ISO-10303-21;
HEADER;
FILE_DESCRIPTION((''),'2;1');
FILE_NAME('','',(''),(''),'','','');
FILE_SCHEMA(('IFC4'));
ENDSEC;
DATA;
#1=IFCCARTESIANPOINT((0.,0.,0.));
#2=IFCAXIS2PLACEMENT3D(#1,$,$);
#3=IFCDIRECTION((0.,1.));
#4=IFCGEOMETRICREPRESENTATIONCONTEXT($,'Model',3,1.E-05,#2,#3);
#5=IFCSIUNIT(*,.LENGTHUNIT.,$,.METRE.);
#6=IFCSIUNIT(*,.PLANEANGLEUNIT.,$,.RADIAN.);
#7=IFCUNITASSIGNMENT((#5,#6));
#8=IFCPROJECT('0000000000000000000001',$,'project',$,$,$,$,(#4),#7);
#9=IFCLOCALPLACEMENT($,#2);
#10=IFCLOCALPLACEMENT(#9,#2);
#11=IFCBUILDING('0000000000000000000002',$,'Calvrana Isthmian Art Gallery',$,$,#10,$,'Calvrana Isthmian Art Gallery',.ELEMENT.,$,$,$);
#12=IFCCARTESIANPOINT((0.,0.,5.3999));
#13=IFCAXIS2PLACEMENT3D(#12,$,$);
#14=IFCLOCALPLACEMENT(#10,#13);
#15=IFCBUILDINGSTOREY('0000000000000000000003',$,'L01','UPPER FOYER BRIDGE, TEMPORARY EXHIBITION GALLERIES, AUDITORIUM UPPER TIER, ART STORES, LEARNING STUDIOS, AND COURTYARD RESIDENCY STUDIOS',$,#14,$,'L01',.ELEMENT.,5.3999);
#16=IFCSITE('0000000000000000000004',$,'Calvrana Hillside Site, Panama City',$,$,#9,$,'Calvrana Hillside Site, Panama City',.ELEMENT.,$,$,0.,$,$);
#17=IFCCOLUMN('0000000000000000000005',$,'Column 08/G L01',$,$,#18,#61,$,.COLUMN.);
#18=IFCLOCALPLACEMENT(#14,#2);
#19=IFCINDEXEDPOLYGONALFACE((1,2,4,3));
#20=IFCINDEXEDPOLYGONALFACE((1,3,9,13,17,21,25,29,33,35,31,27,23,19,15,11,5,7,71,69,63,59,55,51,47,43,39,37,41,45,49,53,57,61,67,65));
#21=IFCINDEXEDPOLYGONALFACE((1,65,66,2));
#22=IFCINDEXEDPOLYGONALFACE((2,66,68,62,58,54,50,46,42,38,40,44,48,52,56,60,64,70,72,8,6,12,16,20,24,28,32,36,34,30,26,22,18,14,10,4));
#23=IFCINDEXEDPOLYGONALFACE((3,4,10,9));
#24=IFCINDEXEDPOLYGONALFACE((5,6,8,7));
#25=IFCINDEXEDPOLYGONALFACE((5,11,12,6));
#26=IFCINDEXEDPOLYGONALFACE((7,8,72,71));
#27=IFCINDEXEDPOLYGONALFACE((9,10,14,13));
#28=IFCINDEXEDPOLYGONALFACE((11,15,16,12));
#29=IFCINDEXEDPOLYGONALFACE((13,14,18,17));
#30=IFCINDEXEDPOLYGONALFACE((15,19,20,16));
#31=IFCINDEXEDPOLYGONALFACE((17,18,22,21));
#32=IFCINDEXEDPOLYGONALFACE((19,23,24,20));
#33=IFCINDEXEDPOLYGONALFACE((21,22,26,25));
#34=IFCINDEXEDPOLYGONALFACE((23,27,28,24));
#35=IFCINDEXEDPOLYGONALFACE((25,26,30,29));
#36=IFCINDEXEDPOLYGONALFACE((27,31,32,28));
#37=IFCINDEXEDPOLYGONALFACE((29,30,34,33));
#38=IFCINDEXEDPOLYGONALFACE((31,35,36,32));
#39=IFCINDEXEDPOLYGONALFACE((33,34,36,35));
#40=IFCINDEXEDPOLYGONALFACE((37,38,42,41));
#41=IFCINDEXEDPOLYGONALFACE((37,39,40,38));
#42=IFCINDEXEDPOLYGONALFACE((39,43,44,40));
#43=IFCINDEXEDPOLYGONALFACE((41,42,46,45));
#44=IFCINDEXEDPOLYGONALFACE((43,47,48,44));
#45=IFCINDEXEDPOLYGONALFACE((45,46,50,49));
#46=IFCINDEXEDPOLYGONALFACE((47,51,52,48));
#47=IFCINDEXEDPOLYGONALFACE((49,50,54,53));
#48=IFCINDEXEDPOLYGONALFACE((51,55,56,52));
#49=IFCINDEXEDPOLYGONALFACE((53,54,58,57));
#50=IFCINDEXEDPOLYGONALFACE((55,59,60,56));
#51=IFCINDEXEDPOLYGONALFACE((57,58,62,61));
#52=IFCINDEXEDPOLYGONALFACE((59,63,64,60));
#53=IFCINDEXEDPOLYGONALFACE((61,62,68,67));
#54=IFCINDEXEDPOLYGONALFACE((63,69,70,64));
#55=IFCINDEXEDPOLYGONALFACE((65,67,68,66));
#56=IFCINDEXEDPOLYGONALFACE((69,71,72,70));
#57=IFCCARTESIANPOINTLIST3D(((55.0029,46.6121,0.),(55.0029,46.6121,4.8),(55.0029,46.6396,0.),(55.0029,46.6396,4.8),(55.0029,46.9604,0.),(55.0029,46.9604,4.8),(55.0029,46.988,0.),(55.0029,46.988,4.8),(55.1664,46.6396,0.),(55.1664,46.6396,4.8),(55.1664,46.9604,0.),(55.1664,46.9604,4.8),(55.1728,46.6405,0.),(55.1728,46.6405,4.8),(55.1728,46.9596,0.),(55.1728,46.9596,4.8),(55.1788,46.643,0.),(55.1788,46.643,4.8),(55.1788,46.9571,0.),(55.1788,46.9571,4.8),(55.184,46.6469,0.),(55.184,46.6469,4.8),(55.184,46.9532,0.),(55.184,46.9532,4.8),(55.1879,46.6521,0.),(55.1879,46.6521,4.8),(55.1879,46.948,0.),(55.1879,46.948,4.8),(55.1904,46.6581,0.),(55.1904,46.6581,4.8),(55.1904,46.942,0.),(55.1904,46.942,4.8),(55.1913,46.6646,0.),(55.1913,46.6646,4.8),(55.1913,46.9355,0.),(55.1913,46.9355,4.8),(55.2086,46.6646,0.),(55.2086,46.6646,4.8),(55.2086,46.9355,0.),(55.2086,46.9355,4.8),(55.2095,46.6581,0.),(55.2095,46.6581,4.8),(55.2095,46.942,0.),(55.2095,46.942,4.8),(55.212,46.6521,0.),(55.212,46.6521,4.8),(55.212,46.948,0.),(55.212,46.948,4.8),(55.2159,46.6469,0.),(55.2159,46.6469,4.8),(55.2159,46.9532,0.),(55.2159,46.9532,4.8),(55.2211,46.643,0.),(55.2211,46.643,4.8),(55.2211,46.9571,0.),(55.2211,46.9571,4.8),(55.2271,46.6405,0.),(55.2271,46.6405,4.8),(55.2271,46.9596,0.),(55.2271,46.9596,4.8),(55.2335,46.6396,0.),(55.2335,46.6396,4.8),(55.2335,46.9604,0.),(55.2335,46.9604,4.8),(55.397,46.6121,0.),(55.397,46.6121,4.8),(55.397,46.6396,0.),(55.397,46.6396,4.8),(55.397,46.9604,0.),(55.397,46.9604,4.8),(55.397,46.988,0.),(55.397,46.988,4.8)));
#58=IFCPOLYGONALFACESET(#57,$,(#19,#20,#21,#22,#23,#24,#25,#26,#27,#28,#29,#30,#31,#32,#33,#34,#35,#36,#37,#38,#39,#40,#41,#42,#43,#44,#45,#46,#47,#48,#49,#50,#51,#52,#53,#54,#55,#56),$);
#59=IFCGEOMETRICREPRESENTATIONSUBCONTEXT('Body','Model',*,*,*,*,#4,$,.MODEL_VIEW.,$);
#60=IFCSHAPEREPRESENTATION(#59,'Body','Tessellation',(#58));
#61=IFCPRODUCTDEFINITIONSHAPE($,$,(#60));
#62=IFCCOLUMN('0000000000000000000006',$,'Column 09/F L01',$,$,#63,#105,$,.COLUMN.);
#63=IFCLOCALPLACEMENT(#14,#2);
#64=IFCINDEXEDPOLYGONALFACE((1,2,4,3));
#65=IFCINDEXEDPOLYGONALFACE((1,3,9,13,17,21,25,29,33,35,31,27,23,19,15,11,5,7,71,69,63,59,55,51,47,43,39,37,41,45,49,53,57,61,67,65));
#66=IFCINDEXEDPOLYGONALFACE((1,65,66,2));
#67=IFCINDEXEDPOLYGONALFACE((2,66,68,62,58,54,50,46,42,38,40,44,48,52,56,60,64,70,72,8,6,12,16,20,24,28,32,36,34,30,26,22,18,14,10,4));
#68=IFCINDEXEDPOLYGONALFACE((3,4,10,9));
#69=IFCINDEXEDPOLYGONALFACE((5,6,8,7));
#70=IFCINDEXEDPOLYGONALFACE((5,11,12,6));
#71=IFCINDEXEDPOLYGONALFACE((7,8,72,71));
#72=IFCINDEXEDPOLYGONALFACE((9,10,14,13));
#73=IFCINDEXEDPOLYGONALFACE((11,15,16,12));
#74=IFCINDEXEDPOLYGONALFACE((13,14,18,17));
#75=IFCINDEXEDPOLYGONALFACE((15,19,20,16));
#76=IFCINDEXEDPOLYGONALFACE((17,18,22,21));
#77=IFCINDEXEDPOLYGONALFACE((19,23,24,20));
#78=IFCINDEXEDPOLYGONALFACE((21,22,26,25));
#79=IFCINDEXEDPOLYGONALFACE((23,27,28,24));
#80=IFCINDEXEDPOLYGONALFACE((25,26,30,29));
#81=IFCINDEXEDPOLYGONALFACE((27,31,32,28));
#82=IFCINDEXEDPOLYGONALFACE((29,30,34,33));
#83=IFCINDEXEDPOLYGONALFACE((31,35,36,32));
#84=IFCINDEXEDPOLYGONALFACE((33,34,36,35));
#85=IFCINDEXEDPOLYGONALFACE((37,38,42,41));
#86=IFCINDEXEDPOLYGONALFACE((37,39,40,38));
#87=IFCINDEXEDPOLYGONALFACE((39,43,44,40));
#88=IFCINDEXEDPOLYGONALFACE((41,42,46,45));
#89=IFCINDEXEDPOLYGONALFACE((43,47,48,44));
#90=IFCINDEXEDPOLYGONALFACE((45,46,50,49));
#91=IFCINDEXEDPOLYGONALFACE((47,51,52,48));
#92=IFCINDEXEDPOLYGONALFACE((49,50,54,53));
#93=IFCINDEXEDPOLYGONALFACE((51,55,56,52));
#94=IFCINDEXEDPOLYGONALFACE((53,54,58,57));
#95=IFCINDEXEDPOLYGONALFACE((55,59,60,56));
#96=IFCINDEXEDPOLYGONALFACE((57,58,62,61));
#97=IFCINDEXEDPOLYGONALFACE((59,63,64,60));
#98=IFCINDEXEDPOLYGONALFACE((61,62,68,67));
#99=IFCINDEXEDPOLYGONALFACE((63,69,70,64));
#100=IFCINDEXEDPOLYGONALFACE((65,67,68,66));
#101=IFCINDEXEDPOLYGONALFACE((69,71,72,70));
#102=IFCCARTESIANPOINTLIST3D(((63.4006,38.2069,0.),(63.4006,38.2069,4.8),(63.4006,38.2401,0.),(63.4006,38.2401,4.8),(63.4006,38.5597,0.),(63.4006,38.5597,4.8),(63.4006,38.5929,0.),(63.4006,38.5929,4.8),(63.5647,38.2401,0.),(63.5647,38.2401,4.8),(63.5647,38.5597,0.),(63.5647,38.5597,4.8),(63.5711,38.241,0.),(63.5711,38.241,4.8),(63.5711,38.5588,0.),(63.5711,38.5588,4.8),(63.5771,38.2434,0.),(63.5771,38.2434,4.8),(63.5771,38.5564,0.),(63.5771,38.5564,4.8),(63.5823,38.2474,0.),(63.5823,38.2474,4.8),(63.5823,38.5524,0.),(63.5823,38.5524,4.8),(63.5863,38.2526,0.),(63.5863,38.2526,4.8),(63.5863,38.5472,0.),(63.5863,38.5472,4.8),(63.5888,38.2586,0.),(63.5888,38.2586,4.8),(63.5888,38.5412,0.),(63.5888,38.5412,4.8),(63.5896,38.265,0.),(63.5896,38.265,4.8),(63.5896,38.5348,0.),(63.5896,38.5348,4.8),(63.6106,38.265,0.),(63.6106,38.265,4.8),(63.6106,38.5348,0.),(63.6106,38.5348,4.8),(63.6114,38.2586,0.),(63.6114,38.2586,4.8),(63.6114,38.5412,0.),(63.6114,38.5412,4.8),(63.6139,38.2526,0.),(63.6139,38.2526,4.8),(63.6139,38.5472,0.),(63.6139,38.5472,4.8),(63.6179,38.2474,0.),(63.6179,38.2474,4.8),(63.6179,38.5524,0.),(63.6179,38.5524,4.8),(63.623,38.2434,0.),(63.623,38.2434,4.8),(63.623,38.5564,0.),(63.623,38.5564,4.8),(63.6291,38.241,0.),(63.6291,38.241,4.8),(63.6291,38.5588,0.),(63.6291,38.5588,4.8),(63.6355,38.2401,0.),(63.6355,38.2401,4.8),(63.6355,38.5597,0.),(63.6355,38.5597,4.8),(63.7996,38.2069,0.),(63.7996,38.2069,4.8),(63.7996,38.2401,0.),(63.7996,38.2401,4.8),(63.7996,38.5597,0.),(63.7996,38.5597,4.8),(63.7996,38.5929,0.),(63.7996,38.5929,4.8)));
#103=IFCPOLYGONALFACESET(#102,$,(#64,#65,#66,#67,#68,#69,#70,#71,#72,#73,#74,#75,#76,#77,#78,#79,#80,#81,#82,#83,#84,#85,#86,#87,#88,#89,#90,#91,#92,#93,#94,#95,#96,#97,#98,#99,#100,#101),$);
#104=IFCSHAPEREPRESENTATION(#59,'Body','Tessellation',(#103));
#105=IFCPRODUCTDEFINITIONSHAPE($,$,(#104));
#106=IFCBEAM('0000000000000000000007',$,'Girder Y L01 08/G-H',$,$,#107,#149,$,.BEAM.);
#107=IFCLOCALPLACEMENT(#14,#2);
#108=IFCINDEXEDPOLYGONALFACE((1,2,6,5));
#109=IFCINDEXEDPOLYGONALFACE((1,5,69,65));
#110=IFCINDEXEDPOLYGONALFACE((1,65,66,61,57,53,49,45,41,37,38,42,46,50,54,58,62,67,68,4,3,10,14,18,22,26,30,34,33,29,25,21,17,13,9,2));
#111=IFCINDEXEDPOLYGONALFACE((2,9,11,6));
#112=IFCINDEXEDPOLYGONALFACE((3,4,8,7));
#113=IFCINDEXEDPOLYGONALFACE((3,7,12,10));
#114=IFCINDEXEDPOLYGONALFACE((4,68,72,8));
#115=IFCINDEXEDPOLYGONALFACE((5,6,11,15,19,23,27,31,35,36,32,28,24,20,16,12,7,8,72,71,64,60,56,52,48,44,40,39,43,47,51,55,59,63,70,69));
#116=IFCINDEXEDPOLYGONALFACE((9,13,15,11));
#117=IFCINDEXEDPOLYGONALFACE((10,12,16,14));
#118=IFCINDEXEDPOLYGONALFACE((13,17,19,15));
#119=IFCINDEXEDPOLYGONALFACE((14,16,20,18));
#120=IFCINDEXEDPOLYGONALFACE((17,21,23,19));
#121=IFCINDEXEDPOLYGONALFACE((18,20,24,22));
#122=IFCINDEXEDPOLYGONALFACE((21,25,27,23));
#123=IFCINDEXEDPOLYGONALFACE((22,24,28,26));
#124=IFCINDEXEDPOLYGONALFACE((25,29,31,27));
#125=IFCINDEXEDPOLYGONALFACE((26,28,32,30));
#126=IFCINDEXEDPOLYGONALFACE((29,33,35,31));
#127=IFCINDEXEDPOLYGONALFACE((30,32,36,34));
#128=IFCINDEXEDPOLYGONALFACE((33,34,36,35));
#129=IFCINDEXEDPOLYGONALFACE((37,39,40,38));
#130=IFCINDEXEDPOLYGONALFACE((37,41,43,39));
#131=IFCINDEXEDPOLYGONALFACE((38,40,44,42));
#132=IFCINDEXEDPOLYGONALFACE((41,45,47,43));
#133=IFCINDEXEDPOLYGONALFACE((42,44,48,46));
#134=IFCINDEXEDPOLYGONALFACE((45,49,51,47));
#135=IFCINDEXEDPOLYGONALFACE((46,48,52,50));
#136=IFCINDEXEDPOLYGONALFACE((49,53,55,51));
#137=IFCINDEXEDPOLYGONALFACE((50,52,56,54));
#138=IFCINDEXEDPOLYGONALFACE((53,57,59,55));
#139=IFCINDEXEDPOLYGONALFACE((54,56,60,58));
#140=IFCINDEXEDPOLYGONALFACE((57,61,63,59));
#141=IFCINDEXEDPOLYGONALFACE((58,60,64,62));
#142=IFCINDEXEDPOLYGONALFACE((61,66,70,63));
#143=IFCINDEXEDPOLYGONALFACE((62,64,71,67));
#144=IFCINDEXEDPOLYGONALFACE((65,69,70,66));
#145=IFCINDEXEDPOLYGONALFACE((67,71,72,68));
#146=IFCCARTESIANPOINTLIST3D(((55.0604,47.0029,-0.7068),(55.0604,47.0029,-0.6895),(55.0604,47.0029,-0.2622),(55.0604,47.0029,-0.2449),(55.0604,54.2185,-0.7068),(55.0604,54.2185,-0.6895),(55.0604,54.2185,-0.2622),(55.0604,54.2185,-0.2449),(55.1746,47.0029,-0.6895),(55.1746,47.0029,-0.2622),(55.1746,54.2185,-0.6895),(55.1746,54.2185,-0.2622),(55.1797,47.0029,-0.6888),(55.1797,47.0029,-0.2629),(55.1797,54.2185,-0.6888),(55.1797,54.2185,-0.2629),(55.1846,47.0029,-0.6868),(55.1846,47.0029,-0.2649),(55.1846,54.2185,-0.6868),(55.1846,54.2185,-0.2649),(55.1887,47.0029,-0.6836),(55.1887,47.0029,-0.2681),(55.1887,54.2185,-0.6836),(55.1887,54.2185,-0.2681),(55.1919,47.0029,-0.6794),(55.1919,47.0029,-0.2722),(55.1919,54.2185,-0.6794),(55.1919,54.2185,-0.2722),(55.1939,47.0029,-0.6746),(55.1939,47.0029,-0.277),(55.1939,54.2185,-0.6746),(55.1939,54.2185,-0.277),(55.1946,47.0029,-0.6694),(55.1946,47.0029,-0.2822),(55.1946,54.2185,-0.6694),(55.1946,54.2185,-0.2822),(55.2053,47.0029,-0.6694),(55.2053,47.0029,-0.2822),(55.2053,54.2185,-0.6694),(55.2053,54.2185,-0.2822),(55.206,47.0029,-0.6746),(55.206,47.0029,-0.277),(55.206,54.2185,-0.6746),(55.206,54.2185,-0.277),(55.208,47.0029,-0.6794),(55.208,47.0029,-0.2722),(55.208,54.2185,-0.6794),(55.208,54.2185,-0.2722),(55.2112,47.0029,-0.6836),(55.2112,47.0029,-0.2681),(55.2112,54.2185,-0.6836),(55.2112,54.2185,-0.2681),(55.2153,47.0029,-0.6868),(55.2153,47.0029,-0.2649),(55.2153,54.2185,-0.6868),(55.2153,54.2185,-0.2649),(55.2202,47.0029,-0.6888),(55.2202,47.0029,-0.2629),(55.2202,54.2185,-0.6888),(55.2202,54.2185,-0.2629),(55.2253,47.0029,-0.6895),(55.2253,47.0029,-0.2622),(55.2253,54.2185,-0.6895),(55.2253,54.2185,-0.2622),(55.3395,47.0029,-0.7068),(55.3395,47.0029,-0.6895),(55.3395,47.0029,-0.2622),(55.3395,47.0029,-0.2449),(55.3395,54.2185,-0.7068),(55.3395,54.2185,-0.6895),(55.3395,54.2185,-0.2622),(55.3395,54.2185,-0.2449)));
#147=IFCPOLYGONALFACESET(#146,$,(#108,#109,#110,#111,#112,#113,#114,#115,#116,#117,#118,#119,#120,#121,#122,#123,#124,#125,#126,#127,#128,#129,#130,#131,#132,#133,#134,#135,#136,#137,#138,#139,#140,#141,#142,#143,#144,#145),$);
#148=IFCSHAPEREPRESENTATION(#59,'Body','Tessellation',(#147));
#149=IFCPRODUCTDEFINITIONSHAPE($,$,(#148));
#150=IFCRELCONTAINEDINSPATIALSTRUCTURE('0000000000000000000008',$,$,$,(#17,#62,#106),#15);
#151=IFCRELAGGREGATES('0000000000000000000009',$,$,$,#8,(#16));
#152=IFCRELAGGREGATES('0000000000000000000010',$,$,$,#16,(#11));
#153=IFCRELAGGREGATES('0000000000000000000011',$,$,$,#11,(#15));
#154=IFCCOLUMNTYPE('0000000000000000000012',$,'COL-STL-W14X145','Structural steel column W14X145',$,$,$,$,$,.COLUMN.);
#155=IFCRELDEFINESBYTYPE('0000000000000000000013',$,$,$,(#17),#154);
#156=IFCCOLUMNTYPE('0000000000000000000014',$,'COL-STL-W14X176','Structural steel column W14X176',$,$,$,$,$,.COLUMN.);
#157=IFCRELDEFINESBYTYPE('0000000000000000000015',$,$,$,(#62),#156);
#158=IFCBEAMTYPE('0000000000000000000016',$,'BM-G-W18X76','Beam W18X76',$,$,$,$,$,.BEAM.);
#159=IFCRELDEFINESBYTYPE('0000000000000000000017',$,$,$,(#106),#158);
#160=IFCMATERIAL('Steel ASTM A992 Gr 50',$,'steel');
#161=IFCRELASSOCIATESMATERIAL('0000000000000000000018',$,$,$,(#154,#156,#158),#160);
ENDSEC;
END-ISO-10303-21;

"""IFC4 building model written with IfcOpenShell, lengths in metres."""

from ifc_helpers import new_model, si_unit, direction, frame, origin, origin_2d, place, context, subcontext, project, spatial, i_section, extrude, material, material_profile, profile_set, type_object, element, save


model = new_model("IFC4")

# Units and contexts
model_context = context("Model", 3, precision=1e-05, world=origin(), true_north=direction((0.0, 1.0)))
body_context = subcontext(model_context, "Body", "Model", "MODEL_VIEW")
ifc_project = project(units=[si_unit("LENGTHUNIT", "METRE"), si_unit("PLANEANGLEUNIT", "RADIAN")], contexts=[model_context])

# Site, building, storey
site_placement = place(None, origin())
site = spatial("IfcSite", under=ifc_project, at=site_placement, Name="Calvrana Hillside Site, Panama City", LongName="Calvrana Hillside Site, Panama City", CompositionType="ELEMENT", RefElevation=0.0)
building_placement = place(site_placement, origin())
building = spatial("IfcBuilding", under=site, at=building_placement, Name="Calvrana Isthmian Art Gallery", LongName="Calvrana Isthmian Art Gallery", CompositionType="ELEMENT")
storey_placement = place(building_placement, frame((0.0, 0.0, 5.3999)))
storey = spatial("IfcBuildingStorey", under=building, at=storey_placement, Name="L01", Description="UPPER FOYER BRIDGE, TEMPORARY EXHIBITION GALLERIES, AUDITORIUM UPPER TIER, ART STORES, LEARNING STUDIOS, AND COURTYARD RESIDENCY STUDIOS", LongName="L01", CompositionType="ELEMENT", Elevation=5.3999)

# Columns
ifc_material_1 = material(Name="Steel ASTM A992 Gr 50", Category="steel")
ifc_material_profile_1 = material_profile(ifc_material_1, i_section(OverallWidth=0.394, OverallDepth=0.376, WebThickness=0.0173, FlangeThickness=0.0276, FilletRadius=0.0249, at=origin_2d()), Name="W14X145")
ifc_profile_set_1 = profile_set([ifc_material_profile_1], Name="Steel ASTM A992 Gr 50")
column_type_1 = type_object("IfcColumnType", Name="COL-STL-W14X145", Description="Structural steel column W14X145", PredefinedType="COLUMN", material=ifc_profile_set_1)
column_1_placement = place(storey_placement, frame((55.2, 46.8, 0.0), z_axis=(0.0, 0.0, 1.0), x_axis=(1.0, 0.0, 0.0)))
element("IfcColumn", 1, at=column_1_placement, inside=storey, type_object=column_type_1, Name="Column 08/G L01", PredefinedType="COLUMN", context=body_context, shape_type="SweptSolid", body=[
    extrude(i_section(OverallWidth=0.394, OverallDepth=0.376, WebThickness=0.0173, FlangeThickness=0.0276, FilletRadius=0.0249, at=origin_2d()), origin(), (0.0, 0.0, 1.0), 4.8),
])
ifc_material_profile_2 = material_profile(ifc_material_1, i_section(OverallWidth=0.3989, OverallDepth=0.386, WebThickness=0.021, FlangeThickness=0.0332, FilletRadius=0.0249, at=origin_2d()), Name="W14X176")
ifc_profile_set_2 = profile_set([ifc_material_profile_2], Name="Steel ASTM A992 Gr 50")
column_type_2 = type_object("IfcColumnType", Name="COL-STL-W14X176", Description="Structural steel column W14X176", PredefinedType="COLUMN", material=ifc_profile_set_2)
column_2_placement = place(storey_placement, frame((63.6001, 38.3999, 0.0), z_axis=(0.0, 0.0, 1.0), x_axis=(1.0, 0.0, 0.0)))
element("IfcColumn", 2, at=column_2_placement, inside=storey, type_object=column_type_2, Name="Column 09/F L01", PredefinedType="COLUMN", context=body_context, shape_type="SweptSolid", body=[
    extrude(i_section(OverallWidth=0.3989, OverallDepth=0.386, WebThickness=0.021, FlangeThickness=0.0332, FilletRadius=0.0249, at=origin_2d()), origin(), (0.0, 0.0, 1.0), 4.8),
])

# Beam
ifc_material_profile_3 = material_profile(ifc_material_1, i_section(OverallWidth=0.2791, OverallDepth=0.4619, WebThickness=0.0107, FlangeThickness=0.0173, FilletRadius=0.02, at=origin_2d()), Name="W18X76")
ifc_profile_set_3 = profile_set([ifc_material_profile_3], Name="Steel ASTM A992 Gr 50")
beam_type_1 = type_object("IfcBeamType", Name="BM-G-W18X76", Description="Beam W18X76", PredefinedType="BEAM", material=ifc_profile_set_3)
beam_1_placement = place(storey_placement, frame((55.2, 47.0029, -0.4758), z_axis=(0.0, 1.0, 0.0), x_axis=(-1.0, 0.0, 0.0)))
element("IfcBeam", 3, at=beam_1_placement, inside=storey, type_object=beam_type_1, Name="Girder Y L01 08/G-H", PredefinedType="BEAM", context=body_context, shape_type="SweptSolid", body=[
    extrude(i_section(OverallWidth=0.2791, OverallDepth=0.4619, WebThickness=0.0107, FlangeThickness=0.0173, FilletRadius=0.02, at=origin_2d()), origin(), (0.0, 0.0, 1.0), 7.2156),
])

save(model, "model.ifc")
